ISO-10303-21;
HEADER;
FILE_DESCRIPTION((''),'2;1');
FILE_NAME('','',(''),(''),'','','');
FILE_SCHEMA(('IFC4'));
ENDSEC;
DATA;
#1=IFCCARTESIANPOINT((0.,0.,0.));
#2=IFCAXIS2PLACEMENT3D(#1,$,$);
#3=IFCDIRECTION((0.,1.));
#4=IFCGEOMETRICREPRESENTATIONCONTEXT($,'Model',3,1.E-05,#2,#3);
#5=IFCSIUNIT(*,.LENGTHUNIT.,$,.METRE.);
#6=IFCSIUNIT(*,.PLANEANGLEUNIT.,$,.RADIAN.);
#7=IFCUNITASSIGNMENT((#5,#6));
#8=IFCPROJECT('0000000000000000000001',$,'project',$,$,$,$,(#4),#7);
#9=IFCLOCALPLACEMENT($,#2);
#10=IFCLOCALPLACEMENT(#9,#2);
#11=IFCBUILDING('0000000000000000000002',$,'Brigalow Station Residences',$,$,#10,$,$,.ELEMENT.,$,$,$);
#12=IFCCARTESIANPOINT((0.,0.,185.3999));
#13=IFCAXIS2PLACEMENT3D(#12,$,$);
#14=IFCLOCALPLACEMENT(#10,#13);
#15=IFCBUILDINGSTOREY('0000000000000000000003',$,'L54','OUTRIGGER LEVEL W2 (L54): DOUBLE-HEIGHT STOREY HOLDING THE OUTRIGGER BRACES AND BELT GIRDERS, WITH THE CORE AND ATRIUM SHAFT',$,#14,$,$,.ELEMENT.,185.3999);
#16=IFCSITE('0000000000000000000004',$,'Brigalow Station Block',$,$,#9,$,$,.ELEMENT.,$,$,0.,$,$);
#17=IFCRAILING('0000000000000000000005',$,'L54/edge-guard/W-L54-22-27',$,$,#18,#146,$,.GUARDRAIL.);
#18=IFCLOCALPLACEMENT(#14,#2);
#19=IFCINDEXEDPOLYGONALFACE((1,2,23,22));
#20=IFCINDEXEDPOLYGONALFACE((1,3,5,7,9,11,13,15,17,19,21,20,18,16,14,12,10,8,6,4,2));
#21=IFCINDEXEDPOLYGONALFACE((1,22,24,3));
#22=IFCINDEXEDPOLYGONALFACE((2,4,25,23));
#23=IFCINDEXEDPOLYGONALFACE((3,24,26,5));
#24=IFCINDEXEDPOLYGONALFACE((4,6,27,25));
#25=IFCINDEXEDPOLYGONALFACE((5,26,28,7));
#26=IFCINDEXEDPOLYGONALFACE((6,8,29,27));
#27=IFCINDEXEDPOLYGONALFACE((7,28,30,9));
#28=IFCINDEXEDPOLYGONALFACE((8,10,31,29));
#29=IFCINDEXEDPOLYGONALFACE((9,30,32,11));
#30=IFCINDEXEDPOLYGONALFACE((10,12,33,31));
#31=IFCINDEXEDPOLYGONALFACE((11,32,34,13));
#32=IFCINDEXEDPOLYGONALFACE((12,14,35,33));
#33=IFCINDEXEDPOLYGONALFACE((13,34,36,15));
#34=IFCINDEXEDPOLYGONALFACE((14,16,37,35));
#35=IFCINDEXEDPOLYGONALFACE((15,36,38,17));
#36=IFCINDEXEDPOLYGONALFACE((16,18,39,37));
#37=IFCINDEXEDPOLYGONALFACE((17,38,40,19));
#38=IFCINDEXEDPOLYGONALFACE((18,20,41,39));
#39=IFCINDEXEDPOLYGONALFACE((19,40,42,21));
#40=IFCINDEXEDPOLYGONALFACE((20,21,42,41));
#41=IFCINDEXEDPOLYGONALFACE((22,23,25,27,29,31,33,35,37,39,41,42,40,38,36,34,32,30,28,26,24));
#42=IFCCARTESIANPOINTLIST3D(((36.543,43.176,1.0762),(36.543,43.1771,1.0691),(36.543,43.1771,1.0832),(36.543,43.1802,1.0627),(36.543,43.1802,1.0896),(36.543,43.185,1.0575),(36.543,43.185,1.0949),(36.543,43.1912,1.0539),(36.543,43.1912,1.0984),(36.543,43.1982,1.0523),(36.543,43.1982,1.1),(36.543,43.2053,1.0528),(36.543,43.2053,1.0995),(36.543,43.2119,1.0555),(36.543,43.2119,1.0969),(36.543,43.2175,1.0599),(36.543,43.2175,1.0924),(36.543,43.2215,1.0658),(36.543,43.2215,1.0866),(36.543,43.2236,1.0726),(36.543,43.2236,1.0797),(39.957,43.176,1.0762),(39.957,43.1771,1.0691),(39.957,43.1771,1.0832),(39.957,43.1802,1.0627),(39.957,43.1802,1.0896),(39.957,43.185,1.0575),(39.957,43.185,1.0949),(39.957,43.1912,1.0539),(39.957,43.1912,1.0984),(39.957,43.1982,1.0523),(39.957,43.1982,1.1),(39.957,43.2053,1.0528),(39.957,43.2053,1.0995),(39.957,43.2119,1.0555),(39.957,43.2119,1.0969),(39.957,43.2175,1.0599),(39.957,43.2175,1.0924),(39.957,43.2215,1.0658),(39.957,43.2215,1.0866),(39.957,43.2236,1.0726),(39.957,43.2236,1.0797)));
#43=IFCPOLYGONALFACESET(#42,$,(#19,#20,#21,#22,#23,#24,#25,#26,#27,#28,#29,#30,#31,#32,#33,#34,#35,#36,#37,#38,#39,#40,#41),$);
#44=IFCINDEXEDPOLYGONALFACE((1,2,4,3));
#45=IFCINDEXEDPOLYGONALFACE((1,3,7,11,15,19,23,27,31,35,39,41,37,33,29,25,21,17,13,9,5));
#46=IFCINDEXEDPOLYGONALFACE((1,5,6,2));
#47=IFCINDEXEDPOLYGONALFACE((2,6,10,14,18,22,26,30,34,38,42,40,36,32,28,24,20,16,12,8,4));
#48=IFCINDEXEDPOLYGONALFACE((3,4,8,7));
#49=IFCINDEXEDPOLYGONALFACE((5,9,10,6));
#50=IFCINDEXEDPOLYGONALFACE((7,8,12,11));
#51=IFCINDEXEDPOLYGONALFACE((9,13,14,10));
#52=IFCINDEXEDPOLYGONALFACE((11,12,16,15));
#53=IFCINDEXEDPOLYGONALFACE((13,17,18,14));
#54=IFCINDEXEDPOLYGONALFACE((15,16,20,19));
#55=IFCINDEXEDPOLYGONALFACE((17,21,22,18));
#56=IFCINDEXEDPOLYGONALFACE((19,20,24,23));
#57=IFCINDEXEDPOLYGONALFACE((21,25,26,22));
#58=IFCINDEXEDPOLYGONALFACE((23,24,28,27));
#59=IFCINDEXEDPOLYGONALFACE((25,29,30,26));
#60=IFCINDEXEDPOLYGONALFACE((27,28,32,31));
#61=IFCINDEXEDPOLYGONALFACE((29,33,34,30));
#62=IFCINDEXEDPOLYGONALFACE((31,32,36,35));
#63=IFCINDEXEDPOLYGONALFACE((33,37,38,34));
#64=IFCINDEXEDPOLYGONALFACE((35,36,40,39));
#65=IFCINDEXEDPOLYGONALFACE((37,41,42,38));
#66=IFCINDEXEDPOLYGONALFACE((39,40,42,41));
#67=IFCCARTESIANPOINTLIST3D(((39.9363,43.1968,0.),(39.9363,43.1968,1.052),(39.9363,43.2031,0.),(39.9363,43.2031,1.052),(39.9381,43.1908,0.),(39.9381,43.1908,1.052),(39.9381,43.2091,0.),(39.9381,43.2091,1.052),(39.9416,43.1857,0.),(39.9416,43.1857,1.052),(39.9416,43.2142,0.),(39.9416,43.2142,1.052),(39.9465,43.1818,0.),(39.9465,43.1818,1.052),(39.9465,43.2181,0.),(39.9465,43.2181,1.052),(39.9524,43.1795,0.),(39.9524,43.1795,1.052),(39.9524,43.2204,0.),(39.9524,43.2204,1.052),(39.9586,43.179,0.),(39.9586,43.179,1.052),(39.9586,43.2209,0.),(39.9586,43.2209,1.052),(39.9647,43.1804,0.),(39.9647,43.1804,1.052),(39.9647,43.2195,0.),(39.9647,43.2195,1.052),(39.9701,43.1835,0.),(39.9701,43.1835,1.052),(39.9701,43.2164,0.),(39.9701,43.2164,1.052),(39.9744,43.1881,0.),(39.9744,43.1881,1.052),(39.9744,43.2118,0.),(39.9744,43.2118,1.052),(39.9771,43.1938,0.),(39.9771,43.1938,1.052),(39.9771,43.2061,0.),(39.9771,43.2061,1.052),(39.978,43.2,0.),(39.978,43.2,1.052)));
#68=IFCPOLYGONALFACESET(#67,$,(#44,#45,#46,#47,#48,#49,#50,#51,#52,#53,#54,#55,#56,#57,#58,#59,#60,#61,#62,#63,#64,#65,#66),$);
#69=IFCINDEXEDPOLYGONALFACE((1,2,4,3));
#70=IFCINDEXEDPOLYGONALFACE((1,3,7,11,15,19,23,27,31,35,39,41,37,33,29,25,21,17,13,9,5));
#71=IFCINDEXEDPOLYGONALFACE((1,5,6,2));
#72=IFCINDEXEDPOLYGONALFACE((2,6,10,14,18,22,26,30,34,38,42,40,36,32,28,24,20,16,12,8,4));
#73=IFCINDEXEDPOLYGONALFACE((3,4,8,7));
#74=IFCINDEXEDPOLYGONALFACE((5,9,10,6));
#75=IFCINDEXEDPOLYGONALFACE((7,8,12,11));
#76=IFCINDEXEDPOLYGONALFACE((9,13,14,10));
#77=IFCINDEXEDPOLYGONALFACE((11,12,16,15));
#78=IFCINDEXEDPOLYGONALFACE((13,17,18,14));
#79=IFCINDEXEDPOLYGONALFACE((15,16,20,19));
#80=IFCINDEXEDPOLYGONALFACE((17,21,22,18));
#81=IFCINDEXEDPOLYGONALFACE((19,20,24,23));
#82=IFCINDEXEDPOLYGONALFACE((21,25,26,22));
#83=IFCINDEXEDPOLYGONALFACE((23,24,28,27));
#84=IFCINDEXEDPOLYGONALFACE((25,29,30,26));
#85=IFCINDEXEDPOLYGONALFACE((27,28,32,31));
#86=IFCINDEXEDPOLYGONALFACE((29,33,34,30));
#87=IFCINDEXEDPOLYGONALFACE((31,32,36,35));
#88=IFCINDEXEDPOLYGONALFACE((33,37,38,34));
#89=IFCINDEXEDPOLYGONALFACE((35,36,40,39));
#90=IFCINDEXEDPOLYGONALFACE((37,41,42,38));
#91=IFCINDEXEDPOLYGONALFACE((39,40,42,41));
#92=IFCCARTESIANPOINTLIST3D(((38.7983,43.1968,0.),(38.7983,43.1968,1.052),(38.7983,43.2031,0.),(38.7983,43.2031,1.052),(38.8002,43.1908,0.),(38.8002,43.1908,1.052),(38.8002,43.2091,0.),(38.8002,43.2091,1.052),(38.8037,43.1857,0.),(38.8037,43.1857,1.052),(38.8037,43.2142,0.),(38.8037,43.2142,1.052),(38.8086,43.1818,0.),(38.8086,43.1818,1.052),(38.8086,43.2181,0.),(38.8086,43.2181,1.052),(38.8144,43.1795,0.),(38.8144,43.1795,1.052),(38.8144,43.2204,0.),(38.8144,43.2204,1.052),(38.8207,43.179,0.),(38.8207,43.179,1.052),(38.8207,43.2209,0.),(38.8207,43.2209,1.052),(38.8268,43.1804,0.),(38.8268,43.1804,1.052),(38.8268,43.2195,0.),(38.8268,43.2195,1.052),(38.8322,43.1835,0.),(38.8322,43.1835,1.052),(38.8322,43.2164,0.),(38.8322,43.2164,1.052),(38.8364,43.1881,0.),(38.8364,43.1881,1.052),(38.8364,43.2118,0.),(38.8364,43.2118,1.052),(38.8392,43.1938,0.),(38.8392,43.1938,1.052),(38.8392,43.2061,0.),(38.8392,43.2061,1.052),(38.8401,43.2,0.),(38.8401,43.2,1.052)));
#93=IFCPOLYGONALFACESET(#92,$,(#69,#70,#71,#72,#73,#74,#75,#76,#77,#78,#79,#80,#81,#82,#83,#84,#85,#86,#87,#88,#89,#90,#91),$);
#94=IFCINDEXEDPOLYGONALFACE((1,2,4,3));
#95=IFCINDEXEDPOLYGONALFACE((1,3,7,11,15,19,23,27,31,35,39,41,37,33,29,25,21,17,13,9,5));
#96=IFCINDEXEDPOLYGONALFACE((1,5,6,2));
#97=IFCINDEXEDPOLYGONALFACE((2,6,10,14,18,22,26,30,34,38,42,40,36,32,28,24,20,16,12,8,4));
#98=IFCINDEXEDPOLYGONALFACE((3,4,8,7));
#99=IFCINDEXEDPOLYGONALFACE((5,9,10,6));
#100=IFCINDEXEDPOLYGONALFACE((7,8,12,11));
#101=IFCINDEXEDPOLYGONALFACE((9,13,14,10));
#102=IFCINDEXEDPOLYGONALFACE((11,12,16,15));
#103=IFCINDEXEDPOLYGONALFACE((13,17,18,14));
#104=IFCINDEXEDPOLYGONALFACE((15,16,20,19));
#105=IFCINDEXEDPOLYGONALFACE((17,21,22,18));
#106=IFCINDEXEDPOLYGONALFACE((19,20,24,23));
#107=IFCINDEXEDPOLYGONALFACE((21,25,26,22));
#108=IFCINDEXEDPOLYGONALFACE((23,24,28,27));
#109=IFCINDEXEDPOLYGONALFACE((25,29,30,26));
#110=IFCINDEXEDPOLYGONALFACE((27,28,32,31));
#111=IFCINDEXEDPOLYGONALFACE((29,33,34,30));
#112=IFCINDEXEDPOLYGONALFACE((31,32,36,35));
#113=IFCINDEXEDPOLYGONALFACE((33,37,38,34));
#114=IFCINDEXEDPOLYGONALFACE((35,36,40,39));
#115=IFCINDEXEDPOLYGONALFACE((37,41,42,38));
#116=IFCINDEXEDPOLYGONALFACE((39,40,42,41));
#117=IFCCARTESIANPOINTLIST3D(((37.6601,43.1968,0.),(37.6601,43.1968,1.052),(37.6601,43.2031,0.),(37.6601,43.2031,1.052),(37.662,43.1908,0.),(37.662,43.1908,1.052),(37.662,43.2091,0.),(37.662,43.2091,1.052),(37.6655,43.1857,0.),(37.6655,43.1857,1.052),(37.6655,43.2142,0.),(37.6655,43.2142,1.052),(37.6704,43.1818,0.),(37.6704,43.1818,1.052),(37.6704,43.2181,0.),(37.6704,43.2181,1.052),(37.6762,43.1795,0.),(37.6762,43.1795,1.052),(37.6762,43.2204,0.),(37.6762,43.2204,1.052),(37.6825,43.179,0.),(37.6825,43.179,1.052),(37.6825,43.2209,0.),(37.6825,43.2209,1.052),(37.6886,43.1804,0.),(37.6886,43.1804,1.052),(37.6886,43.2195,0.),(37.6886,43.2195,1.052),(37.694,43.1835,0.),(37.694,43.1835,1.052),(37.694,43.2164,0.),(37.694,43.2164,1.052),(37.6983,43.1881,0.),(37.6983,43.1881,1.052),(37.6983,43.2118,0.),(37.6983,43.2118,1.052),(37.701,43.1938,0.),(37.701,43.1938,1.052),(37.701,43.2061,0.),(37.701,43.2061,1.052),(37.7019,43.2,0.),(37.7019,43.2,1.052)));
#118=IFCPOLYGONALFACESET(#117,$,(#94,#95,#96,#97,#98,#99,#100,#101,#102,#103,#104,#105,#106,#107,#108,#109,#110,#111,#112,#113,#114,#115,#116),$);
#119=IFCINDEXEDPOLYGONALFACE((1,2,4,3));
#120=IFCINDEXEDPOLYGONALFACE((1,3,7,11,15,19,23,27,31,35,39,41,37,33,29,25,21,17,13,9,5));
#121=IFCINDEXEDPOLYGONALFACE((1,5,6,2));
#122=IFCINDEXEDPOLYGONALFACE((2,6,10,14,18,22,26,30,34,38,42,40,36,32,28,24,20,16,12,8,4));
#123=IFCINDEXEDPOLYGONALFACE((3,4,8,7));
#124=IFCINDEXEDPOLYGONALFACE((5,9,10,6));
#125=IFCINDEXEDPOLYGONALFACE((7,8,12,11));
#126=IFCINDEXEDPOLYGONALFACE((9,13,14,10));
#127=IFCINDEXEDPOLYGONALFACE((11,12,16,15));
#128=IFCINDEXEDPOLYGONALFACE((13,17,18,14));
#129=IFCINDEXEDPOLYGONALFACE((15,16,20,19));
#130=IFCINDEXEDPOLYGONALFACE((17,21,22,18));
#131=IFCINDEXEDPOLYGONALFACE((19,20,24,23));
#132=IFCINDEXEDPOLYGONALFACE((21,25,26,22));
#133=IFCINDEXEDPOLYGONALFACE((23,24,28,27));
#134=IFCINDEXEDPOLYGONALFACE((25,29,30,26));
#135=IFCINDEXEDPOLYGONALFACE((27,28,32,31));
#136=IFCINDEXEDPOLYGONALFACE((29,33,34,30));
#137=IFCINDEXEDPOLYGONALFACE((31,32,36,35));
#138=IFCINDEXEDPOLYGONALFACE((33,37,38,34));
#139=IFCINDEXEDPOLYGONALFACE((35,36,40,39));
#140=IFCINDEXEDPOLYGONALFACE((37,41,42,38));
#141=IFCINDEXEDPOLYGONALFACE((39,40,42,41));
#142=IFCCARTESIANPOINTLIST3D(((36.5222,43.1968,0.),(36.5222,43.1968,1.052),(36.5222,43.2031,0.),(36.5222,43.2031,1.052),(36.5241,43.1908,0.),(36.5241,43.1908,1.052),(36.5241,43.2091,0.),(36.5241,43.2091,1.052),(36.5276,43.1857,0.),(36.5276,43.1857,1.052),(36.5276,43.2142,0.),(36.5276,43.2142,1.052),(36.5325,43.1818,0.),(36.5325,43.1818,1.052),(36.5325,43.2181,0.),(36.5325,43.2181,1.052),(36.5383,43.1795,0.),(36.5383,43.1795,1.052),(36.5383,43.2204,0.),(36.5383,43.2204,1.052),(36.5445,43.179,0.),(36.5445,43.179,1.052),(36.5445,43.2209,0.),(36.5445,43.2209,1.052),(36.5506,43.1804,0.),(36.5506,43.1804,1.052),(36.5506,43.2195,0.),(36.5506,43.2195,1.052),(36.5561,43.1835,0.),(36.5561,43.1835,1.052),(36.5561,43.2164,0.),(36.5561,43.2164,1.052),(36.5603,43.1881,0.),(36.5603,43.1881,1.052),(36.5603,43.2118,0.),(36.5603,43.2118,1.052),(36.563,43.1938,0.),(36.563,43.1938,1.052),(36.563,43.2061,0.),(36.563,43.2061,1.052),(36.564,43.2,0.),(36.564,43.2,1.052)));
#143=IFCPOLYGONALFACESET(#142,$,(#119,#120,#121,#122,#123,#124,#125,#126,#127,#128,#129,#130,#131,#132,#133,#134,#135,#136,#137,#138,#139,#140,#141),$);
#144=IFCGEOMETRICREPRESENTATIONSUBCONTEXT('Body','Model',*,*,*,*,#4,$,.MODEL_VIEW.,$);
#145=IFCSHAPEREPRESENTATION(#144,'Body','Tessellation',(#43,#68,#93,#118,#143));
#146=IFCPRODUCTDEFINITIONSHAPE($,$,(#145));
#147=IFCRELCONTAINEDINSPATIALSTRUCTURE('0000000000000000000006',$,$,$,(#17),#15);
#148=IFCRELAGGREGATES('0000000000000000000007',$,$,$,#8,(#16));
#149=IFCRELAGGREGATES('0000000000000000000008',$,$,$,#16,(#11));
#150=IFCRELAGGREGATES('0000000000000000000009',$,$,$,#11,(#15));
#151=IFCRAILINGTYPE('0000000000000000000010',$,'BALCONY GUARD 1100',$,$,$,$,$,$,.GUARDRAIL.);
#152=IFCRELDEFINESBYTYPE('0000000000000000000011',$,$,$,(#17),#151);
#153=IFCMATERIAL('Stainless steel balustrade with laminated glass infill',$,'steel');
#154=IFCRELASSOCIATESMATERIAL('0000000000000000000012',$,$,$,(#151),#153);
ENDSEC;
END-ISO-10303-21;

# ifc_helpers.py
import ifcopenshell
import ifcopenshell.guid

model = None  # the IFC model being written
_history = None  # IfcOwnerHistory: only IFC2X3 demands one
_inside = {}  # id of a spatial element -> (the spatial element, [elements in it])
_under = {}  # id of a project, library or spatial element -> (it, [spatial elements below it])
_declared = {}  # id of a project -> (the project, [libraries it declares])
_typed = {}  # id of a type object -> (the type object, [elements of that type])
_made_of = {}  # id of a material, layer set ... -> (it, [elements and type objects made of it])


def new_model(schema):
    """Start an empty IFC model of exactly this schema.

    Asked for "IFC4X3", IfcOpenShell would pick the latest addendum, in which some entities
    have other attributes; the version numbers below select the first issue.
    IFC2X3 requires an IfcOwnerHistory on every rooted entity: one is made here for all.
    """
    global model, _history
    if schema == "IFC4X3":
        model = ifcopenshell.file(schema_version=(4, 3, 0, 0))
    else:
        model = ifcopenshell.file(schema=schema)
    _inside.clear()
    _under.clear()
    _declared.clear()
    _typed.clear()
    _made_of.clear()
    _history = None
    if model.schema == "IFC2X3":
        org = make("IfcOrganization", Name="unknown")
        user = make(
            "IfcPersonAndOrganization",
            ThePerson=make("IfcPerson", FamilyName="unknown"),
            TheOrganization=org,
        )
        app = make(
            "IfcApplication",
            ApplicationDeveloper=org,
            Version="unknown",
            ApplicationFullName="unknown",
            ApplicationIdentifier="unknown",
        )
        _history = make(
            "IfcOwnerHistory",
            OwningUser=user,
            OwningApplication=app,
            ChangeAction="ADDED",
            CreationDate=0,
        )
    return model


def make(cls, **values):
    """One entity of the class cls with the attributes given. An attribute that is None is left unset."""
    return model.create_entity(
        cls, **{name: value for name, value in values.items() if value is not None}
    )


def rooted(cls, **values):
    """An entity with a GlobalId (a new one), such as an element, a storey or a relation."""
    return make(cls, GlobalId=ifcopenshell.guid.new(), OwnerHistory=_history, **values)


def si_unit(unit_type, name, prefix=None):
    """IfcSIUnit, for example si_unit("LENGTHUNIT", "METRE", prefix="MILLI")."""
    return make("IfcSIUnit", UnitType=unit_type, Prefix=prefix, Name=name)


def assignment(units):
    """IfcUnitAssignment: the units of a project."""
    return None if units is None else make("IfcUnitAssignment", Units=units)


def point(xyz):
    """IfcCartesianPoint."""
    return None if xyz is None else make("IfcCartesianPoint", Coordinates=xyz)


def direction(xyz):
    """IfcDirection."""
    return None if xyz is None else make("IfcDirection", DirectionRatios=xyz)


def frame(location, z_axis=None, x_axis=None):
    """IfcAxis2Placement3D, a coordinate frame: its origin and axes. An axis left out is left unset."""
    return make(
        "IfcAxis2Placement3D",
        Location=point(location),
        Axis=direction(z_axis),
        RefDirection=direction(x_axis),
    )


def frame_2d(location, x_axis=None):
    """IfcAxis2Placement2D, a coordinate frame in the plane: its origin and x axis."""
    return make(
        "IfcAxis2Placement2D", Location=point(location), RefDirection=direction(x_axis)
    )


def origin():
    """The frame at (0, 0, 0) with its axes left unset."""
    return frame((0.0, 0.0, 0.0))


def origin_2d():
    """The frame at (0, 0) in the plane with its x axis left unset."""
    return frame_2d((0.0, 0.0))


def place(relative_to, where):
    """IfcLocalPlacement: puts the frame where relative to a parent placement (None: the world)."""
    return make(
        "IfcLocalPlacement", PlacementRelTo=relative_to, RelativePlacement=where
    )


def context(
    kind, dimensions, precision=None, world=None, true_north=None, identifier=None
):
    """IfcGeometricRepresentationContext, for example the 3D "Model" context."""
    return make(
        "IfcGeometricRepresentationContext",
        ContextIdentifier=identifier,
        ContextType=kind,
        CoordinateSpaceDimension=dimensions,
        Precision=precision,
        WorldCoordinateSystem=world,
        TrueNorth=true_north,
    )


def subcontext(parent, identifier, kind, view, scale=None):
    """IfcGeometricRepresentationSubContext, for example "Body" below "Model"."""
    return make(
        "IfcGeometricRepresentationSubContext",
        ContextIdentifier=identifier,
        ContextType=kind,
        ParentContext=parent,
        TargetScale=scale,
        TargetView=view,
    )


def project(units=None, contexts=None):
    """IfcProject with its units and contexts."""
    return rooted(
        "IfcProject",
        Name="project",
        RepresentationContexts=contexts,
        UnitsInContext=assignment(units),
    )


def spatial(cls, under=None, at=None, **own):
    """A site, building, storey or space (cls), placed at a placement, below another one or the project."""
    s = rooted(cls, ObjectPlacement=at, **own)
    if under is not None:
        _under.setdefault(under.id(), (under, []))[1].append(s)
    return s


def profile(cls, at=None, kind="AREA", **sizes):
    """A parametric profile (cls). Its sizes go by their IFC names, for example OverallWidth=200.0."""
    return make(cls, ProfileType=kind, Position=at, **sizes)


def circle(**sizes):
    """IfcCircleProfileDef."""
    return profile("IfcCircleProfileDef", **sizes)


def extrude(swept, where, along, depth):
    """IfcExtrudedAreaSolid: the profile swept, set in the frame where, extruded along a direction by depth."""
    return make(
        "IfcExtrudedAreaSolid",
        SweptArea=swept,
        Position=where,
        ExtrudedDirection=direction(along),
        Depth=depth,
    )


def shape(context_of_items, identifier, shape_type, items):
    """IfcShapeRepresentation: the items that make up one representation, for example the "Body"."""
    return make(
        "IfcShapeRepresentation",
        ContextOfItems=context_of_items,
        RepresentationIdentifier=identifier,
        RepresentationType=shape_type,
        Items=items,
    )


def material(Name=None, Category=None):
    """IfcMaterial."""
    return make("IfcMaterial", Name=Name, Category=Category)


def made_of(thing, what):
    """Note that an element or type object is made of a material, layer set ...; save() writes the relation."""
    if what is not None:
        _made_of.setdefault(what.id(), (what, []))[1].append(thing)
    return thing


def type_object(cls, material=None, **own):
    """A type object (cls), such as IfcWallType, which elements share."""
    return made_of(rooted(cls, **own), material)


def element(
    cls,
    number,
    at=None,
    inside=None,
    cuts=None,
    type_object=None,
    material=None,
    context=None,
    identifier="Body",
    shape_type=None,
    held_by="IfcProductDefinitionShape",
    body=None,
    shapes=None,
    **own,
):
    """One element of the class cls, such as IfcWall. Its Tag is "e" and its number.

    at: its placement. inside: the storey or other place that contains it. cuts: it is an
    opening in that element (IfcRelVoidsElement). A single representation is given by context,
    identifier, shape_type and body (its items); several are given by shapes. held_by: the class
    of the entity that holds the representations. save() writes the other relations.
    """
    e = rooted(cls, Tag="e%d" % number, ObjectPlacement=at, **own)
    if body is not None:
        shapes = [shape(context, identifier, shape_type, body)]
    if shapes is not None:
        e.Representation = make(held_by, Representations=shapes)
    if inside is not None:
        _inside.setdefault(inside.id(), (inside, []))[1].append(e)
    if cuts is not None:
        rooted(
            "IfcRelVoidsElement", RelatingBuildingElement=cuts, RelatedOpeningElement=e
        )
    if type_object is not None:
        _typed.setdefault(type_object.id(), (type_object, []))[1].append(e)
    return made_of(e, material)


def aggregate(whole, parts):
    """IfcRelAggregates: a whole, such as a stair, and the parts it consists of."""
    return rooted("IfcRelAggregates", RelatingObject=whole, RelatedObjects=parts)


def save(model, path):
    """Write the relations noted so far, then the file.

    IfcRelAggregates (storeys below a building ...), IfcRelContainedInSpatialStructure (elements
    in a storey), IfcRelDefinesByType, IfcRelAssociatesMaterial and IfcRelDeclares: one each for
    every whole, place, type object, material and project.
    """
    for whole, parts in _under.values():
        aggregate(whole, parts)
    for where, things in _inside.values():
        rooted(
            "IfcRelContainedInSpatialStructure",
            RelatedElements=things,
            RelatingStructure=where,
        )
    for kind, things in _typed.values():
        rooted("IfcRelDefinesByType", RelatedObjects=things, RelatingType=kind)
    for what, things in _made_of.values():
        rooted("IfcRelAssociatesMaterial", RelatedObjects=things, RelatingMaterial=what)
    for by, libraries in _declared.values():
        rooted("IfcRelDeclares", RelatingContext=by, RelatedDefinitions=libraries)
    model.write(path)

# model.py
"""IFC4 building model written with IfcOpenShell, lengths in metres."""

from ifc_helpers import new_model, si_unit, direction, frame, origin, origin_2d, place, context, subcontext, project, spatial, circle, extrude, material, type_object, element, save


model = new_model("IFC4")

# Units and contexts
model_context = context("Model", 3, precision=1e-05, world=origin(), true_north=direction((0.0, 1.0)))
body_context = subcontext(model_context, "Body", "Model", "MODEL_VIEW")
ifc_project = project(units=[si_unit("LENGTHUNIT", "METRE"), si_unit("PLANEANGLEUNIT", "RADIAN")], contexts=[model_context])

# Site, building, storey
site_placement = place(None, origin())
site = spatial("IfcSite", under=ifc_project, at=site_placement, Name="Brigalow Station Block", CompositionType="ELEMENT", RefElevation=0.0)
building_placement = place(site_placement, origin())
building = spatial("IfcBuilding", under=site, at=building_placement, Name="Brigalow Station Residences", CompositionType="ELEMENT")
storey_placement = place(building_placement, frame((0.0, 0.0, 185.3999)))
storey = spatial("IfcBuildingStorey", under=building, at=storey_placement, Name="L54", Description="OUTRIGGER LEVEL W2 (L54): DOUBLE-HEIGHT STOREY HOLDING THE OUTRIGGER BRACES AND BELT GIRDERS, WITH THE CORE AND ATRIUM SHAFT", CompositionType="ELEMENT", Elevation=185.3999)

# Railing
ifc_material_1 = material(Name="Stainless steel balustrade with laminated glass infill", Category="steel")
railing_type = type_object("IfcRailingType", Name="BALCONY GUARD 1100", PredefinedType="GUARDRAIL", material=ifc_material_1)
for number, where, name in (
    (1, (39.957, 43.2, 0.0), "L54/edge-guard/W-L54-22-27"),
):
    element("IfcRailing", number, at=place(storey_placement, frame(where)), inside=storey, type_object=railing_type, Name=name, PredefinedType="GUARDRAIL", context=body_context, shape_type="SweptSolid", body=[
        extrude(circle(Radius=0.0239, at=origin_2d()), frame((0.0, 0.0, 1.0762), z_axis=(-1.0, 0.0, 0.0), x_axis=(0.0, -1.0, 0.0)), (0.0, 0.0, 1.0), 3.4141),
        extrude(circle(Radius=0.021, at=origin_2d()), origin(), (0.0, 0.0, 1.0), 1.052),
        extrude(circle(Radius=0.021, at=origin_2d()), frame((-1.1379, 0.0, 0.0)), (0.0, 0.0, 1.0), 1.052),
        extrude(circle(Radius=0.021, at=origin_2d()), frame((-2.2761, 0.0, 0.0)), (0.0, 0.0, 1.0), 1.052),
        extrude(circle(Radius=0.021, at=origin_2d()), frame((-3.4141, 0.0, 0.0)), (0.0, 0.0, 1.0), 1.052),
    ])

save(model, "model.ifc")
